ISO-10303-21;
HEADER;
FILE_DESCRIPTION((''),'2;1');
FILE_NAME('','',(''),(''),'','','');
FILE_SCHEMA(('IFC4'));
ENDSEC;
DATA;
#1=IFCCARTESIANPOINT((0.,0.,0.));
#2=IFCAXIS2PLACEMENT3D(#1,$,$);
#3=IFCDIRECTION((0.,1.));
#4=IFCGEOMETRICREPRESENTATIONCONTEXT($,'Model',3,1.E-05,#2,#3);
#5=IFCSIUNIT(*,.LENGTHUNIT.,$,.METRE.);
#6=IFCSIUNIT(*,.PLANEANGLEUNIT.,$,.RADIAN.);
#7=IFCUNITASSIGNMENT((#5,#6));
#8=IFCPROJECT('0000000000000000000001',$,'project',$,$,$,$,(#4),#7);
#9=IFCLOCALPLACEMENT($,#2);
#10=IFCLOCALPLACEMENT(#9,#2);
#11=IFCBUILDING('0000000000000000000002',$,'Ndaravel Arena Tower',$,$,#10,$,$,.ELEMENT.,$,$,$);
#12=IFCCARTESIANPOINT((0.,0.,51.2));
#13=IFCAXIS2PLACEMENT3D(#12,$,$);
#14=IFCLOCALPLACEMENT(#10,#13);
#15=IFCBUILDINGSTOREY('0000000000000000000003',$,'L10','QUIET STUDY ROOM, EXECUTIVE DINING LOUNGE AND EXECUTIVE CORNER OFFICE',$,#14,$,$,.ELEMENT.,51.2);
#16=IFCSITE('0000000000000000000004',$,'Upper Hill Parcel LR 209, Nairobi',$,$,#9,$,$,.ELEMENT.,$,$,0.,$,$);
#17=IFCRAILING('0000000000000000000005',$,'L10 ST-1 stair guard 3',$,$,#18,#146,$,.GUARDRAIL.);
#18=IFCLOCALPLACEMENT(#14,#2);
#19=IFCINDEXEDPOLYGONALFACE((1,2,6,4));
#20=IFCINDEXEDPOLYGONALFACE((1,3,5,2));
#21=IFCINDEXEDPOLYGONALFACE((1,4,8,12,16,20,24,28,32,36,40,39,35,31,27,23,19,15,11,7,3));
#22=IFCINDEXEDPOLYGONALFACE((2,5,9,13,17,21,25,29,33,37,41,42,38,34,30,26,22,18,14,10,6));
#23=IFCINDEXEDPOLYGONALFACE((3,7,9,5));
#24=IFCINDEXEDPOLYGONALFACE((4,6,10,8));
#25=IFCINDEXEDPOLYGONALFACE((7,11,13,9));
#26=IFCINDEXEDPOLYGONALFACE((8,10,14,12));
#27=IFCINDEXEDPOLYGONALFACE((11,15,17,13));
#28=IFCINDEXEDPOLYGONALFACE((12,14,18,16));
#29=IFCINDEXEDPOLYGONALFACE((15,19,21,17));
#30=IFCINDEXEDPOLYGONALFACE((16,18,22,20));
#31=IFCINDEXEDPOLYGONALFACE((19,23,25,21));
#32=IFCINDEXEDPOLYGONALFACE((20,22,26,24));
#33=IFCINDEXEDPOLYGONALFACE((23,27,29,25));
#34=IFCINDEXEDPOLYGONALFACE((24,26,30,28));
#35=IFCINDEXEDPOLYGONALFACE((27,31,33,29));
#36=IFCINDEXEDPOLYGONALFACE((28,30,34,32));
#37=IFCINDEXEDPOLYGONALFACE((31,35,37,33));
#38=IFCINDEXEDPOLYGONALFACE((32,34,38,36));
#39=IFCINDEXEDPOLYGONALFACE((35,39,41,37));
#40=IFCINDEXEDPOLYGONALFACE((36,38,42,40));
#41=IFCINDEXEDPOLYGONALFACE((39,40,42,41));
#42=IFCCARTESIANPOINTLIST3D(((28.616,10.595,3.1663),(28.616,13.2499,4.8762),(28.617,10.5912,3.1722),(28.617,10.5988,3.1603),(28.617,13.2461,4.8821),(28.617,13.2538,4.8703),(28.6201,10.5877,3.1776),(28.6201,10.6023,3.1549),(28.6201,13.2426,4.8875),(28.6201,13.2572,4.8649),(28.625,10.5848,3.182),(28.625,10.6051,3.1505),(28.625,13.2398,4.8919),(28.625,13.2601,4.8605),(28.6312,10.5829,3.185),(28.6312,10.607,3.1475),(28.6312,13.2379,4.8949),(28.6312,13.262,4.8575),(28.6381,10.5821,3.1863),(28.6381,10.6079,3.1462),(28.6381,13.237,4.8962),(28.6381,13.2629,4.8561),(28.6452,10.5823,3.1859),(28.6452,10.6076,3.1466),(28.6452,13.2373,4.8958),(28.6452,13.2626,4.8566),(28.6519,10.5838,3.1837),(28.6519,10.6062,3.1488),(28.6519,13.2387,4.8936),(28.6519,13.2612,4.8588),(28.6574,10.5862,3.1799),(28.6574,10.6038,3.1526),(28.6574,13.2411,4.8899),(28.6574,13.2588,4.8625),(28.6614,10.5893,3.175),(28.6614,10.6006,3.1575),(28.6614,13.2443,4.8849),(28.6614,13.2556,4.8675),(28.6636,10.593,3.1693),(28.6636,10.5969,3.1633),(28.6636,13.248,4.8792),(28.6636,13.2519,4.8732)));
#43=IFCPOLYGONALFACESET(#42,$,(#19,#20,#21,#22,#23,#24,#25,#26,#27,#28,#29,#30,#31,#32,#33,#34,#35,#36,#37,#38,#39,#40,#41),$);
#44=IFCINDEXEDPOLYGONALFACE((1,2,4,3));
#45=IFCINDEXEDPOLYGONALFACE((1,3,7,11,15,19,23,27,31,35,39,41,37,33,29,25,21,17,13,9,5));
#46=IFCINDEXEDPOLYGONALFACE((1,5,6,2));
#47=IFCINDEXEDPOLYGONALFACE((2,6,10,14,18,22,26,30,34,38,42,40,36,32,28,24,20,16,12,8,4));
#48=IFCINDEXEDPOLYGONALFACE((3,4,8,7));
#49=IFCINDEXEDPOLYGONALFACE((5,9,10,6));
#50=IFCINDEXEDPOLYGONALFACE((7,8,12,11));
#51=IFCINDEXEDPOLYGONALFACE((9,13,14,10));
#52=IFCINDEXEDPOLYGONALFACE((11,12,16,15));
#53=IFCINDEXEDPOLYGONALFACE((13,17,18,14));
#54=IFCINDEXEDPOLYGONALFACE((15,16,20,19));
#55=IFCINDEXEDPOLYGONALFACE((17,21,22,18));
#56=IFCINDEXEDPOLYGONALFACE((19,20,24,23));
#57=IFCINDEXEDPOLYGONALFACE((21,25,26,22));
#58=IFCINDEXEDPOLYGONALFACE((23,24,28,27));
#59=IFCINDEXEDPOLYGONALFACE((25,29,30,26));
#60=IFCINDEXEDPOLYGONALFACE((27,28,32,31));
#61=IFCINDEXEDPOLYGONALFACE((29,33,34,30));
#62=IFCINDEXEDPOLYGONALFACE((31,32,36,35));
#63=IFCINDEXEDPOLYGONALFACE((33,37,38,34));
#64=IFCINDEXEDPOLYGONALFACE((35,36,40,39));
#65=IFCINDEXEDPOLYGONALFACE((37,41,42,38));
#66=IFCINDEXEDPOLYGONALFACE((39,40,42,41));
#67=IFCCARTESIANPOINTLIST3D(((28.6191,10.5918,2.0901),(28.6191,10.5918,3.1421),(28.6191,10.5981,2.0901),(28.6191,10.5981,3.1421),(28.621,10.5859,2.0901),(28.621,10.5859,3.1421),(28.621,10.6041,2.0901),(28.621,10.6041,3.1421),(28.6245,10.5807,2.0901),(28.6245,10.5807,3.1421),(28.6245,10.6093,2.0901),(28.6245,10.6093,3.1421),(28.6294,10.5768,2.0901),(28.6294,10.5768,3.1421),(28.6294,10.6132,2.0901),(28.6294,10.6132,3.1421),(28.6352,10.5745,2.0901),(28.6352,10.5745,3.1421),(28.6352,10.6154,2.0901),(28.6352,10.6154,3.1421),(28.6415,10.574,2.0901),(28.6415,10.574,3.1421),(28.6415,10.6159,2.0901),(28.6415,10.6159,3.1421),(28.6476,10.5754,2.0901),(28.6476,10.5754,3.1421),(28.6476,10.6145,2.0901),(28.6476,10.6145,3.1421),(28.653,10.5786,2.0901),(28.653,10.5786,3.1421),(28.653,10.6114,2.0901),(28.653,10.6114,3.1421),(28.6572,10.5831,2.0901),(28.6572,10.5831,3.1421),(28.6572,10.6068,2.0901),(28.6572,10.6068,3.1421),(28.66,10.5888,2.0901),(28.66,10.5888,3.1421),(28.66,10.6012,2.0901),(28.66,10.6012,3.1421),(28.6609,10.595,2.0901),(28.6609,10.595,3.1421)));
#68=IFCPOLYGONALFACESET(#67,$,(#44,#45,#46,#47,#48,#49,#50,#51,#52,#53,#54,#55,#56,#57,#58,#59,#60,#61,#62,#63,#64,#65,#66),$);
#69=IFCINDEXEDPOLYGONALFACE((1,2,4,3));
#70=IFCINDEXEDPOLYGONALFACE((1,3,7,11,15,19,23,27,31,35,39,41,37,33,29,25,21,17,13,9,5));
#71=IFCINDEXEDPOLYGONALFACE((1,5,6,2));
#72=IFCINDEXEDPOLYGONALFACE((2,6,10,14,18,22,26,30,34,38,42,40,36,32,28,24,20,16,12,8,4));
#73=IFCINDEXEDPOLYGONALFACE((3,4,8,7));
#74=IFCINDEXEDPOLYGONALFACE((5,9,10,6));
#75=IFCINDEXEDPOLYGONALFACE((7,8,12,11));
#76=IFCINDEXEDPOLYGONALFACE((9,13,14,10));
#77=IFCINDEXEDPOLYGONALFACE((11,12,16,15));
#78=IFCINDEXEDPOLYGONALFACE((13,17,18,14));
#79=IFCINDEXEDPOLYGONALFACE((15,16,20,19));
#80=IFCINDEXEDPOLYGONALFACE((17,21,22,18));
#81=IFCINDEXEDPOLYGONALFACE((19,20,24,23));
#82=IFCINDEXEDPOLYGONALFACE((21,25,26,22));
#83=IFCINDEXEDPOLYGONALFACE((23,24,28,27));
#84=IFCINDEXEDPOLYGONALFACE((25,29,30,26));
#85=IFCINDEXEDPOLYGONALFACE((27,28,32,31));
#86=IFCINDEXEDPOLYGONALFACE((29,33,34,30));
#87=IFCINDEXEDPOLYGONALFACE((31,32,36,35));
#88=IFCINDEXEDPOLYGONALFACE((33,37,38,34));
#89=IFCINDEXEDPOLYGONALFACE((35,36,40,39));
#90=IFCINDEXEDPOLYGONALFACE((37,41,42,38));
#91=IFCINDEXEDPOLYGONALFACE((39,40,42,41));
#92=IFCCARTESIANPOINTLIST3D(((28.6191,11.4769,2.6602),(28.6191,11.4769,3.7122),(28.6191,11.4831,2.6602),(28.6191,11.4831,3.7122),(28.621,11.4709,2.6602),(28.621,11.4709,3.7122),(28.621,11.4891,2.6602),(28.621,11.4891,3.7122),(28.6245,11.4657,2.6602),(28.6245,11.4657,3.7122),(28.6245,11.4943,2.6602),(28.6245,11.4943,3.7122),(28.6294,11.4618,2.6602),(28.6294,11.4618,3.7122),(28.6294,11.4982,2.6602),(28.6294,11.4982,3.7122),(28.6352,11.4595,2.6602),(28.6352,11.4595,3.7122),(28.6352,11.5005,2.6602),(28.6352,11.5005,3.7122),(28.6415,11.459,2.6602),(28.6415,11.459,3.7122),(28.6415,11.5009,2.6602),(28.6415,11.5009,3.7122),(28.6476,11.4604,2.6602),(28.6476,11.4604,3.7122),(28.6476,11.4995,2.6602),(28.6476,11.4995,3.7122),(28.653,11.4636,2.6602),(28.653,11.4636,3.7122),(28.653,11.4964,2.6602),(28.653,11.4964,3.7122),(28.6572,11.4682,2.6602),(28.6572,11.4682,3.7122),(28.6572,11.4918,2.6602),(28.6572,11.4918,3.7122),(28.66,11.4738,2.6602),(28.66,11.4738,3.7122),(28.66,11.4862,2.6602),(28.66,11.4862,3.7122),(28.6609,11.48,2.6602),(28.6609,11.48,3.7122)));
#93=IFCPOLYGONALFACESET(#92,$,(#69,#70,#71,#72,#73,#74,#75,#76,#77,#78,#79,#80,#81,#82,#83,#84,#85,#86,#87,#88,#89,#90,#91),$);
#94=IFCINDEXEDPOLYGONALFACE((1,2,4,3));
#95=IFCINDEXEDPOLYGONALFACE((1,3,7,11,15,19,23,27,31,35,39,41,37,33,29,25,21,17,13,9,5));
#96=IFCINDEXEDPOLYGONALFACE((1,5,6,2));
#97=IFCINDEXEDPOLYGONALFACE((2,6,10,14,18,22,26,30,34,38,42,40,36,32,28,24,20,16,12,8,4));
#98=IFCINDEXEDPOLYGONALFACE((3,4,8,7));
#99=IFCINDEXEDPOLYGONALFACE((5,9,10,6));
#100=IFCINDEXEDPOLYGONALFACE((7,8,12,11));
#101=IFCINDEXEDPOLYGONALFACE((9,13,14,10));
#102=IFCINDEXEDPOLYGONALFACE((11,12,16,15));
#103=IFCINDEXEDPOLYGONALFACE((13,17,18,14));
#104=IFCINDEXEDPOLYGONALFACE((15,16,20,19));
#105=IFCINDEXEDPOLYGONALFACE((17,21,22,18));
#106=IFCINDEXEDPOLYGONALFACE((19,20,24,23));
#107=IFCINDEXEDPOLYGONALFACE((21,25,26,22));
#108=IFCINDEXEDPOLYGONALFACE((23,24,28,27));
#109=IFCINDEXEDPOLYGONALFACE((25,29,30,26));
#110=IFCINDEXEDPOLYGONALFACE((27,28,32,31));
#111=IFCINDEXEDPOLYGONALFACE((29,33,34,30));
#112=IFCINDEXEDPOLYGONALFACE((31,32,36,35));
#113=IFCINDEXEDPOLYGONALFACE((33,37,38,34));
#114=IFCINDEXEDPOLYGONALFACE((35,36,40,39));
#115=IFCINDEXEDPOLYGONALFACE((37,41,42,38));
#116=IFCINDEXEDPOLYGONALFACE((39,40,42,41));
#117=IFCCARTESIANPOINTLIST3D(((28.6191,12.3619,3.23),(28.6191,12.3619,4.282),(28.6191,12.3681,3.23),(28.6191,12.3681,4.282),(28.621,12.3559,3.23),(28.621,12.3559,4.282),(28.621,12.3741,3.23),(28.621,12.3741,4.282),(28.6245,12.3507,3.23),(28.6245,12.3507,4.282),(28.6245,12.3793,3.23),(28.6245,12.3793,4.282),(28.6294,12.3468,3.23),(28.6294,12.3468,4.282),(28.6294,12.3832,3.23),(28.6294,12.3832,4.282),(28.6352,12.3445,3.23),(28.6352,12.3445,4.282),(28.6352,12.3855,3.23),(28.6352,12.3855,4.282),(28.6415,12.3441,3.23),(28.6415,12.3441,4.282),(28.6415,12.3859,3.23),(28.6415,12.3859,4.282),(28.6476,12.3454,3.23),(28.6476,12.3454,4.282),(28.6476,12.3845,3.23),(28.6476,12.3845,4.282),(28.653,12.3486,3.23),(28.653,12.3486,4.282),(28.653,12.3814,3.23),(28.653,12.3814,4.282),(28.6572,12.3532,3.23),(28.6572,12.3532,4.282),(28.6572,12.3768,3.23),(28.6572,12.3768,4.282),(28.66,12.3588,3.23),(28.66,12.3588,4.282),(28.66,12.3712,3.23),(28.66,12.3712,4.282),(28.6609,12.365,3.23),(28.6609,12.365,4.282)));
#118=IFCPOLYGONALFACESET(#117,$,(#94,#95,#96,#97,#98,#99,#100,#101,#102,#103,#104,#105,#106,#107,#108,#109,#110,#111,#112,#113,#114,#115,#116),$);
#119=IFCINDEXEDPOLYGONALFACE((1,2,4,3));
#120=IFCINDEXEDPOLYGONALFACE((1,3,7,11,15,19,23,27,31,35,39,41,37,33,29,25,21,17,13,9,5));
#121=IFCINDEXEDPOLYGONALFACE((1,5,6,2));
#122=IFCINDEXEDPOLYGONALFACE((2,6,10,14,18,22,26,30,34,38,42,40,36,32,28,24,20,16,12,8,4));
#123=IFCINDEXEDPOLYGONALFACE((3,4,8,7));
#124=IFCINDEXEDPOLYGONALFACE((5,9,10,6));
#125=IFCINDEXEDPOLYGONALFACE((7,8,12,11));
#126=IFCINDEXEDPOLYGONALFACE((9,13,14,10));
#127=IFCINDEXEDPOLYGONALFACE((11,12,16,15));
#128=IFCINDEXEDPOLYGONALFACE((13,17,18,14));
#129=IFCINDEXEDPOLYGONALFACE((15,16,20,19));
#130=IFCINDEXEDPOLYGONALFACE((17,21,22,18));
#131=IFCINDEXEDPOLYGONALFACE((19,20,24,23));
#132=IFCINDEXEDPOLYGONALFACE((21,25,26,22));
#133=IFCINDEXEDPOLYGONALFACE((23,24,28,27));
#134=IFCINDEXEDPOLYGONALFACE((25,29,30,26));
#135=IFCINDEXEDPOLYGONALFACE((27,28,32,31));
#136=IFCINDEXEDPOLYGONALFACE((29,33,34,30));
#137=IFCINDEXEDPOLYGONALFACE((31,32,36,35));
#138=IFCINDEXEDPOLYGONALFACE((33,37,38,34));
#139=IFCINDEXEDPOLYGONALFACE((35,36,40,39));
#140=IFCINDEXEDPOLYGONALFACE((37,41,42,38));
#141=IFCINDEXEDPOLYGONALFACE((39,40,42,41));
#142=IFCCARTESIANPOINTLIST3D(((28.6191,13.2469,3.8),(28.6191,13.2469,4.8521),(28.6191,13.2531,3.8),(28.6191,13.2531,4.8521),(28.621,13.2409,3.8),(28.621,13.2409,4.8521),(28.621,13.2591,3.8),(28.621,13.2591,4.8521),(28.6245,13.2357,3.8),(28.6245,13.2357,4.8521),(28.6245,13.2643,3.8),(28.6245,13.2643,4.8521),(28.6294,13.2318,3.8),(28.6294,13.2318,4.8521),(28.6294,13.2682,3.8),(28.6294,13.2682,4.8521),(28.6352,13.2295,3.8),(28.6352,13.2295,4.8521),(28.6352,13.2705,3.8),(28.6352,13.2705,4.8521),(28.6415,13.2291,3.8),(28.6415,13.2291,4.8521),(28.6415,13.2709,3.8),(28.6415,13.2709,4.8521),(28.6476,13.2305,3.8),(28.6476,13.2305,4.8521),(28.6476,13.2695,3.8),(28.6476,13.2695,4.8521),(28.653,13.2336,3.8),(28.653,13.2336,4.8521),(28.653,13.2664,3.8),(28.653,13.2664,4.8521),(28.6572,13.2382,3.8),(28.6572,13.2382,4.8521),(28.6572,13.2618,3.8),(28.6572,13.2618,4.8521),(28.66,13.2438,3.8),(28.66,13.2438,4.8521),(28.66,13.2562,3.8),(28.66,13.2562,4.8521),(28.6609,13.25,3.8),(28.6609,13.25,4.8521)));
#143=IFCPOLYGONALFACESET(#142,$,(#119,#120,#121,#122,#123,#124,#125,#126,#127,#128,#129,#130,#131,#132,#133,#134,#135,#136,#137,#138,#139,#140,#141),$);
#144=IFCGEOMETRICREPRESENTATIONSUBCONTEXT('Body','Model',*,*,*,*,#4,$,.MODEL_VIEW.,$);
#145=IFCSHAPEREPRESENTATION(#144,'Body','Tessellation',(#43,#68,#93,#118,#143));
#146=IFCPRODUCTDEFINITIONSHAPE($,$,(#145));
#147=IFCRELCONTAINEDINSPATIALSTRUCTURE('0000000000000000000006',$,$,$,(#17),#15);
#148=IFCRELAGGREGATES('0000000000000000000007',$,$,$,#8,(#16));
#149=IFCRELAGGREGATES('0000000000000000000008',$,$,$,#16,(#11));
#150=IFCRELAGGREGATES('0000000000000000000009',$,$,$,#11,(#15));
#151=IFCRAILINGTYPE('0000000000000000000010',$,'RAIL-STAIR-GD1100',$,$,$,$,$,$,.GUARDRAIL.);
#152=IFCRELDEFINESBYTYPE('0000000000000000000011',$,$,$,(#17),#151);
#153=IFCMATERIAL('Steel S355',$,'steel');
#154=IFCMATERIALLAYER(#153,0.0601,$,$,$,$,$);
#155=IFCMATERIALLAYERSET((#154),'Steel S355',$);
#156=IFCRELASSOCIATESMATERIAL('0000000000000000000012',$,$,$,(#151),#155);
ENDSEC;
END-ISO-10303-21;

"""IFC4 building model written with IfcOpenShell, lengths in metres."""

from ifc_helpers import new_model, si_unit, direction, frame, origin, origin_2d, place, context, subcontext, project, spatial, circle, extrude, material, layer, layer_set, type_object, element, save


model = new_model("IFC4")

# Units and contexts
model_context = context("Model", 3, precision=1e-05, world=origin(), true_north=direction((0.0, 1.0)))
body_context = subcontext(model_context, "Body", "Model", "MODEL_VIEW")
ifc_project = project(units=[si_unit("LENGTHUNIT", "METRE"), si_unit("PLANEANGLEUNIT", "RADIAN")], contexts=[model_context])

# Site, building, storey
site_placement = place(None, origin())
site = spatial("IfcSite", under=ifc_project, at=site_placement, Name="Upper Hill Parcel LR 209, Nairobi", CompositionType="ELEMENT", RefElevation=0.0)
building_placement = place(site_placement, origin())
building = spatial("IfcBuilding", under=site, at=building_placement, Name="Ndaravel Arena Tower", CompositionType="ELEMENT")
storey_placement = place(building_placement, frame((0.0, 0.0, 51.2)))
storey = spatial("IfcBuildingStorey", under=building, at=storey_placement, Name="L10", Description="QUIET STUDY ROOM, EXECUTIVE DINING LOUNGE AND EXECUTIVE CORNER OFFICE", CompositionType="ELEMENT", Elevation=51.2)

# Railing
ifc_material_1 = material(Name="Steel S355", Category="steel")
ifc_layer_1 = layer(ifc_material_1, 0.0601)
ifc_layer_set_1 = layer_set([ifc_layer_1], Name="Steel S355")
railing_type_1 = type_object("IfcRailingType", Name="RAIL-STAIR-GD1100", PredefinedType="GUARDRAIL", material=ifc_layer_set_1)
railing_1_placement = place(storey_placement, frame((28.6399, 10.595, 2.0901)))
element("IfcRailing", 1, at=railing_1_placement, inside=storey, type_object=railing_type_1, Name="L10 ST-1 stair guard 3", PredefinedType="GUARDRAIL", context=body_context, shape_type="SweptSolid", body=[
    extrude(circle(Radius=0.0239, at=origin_2d()), frame((0.0, 0.0, 1.0762), z_axis=(0.0, 0.840724, 0.541465), x_axis=(-1.0, 0.0, 0.0)), (0.0, 0.0, 1.0), 3.158),
    extrude(circle(Radius=0.021, at=origin_2d()), origin(), (0.0, 0.0, 1.0), 1.052),
    extrude(circle(Radius=0.021, at=origin_2d()), frame((0.0, 0.885, 0.5701)), (0.0, 0.0, 1.0), 1.052),
    extrude(circle(Radius=0.021, at=origin_2d()), frame((0.0, 1.77, 1.1399)), (0.0, 0.0, 1.0), 1.052),
    extrude(circle(Radius=0.021, at=origin_2d()), frame((0.0, 2.655, 1.71)), (0.0, 0.0, 1.0), 1.052),
])

save(model, "model.ifc")
